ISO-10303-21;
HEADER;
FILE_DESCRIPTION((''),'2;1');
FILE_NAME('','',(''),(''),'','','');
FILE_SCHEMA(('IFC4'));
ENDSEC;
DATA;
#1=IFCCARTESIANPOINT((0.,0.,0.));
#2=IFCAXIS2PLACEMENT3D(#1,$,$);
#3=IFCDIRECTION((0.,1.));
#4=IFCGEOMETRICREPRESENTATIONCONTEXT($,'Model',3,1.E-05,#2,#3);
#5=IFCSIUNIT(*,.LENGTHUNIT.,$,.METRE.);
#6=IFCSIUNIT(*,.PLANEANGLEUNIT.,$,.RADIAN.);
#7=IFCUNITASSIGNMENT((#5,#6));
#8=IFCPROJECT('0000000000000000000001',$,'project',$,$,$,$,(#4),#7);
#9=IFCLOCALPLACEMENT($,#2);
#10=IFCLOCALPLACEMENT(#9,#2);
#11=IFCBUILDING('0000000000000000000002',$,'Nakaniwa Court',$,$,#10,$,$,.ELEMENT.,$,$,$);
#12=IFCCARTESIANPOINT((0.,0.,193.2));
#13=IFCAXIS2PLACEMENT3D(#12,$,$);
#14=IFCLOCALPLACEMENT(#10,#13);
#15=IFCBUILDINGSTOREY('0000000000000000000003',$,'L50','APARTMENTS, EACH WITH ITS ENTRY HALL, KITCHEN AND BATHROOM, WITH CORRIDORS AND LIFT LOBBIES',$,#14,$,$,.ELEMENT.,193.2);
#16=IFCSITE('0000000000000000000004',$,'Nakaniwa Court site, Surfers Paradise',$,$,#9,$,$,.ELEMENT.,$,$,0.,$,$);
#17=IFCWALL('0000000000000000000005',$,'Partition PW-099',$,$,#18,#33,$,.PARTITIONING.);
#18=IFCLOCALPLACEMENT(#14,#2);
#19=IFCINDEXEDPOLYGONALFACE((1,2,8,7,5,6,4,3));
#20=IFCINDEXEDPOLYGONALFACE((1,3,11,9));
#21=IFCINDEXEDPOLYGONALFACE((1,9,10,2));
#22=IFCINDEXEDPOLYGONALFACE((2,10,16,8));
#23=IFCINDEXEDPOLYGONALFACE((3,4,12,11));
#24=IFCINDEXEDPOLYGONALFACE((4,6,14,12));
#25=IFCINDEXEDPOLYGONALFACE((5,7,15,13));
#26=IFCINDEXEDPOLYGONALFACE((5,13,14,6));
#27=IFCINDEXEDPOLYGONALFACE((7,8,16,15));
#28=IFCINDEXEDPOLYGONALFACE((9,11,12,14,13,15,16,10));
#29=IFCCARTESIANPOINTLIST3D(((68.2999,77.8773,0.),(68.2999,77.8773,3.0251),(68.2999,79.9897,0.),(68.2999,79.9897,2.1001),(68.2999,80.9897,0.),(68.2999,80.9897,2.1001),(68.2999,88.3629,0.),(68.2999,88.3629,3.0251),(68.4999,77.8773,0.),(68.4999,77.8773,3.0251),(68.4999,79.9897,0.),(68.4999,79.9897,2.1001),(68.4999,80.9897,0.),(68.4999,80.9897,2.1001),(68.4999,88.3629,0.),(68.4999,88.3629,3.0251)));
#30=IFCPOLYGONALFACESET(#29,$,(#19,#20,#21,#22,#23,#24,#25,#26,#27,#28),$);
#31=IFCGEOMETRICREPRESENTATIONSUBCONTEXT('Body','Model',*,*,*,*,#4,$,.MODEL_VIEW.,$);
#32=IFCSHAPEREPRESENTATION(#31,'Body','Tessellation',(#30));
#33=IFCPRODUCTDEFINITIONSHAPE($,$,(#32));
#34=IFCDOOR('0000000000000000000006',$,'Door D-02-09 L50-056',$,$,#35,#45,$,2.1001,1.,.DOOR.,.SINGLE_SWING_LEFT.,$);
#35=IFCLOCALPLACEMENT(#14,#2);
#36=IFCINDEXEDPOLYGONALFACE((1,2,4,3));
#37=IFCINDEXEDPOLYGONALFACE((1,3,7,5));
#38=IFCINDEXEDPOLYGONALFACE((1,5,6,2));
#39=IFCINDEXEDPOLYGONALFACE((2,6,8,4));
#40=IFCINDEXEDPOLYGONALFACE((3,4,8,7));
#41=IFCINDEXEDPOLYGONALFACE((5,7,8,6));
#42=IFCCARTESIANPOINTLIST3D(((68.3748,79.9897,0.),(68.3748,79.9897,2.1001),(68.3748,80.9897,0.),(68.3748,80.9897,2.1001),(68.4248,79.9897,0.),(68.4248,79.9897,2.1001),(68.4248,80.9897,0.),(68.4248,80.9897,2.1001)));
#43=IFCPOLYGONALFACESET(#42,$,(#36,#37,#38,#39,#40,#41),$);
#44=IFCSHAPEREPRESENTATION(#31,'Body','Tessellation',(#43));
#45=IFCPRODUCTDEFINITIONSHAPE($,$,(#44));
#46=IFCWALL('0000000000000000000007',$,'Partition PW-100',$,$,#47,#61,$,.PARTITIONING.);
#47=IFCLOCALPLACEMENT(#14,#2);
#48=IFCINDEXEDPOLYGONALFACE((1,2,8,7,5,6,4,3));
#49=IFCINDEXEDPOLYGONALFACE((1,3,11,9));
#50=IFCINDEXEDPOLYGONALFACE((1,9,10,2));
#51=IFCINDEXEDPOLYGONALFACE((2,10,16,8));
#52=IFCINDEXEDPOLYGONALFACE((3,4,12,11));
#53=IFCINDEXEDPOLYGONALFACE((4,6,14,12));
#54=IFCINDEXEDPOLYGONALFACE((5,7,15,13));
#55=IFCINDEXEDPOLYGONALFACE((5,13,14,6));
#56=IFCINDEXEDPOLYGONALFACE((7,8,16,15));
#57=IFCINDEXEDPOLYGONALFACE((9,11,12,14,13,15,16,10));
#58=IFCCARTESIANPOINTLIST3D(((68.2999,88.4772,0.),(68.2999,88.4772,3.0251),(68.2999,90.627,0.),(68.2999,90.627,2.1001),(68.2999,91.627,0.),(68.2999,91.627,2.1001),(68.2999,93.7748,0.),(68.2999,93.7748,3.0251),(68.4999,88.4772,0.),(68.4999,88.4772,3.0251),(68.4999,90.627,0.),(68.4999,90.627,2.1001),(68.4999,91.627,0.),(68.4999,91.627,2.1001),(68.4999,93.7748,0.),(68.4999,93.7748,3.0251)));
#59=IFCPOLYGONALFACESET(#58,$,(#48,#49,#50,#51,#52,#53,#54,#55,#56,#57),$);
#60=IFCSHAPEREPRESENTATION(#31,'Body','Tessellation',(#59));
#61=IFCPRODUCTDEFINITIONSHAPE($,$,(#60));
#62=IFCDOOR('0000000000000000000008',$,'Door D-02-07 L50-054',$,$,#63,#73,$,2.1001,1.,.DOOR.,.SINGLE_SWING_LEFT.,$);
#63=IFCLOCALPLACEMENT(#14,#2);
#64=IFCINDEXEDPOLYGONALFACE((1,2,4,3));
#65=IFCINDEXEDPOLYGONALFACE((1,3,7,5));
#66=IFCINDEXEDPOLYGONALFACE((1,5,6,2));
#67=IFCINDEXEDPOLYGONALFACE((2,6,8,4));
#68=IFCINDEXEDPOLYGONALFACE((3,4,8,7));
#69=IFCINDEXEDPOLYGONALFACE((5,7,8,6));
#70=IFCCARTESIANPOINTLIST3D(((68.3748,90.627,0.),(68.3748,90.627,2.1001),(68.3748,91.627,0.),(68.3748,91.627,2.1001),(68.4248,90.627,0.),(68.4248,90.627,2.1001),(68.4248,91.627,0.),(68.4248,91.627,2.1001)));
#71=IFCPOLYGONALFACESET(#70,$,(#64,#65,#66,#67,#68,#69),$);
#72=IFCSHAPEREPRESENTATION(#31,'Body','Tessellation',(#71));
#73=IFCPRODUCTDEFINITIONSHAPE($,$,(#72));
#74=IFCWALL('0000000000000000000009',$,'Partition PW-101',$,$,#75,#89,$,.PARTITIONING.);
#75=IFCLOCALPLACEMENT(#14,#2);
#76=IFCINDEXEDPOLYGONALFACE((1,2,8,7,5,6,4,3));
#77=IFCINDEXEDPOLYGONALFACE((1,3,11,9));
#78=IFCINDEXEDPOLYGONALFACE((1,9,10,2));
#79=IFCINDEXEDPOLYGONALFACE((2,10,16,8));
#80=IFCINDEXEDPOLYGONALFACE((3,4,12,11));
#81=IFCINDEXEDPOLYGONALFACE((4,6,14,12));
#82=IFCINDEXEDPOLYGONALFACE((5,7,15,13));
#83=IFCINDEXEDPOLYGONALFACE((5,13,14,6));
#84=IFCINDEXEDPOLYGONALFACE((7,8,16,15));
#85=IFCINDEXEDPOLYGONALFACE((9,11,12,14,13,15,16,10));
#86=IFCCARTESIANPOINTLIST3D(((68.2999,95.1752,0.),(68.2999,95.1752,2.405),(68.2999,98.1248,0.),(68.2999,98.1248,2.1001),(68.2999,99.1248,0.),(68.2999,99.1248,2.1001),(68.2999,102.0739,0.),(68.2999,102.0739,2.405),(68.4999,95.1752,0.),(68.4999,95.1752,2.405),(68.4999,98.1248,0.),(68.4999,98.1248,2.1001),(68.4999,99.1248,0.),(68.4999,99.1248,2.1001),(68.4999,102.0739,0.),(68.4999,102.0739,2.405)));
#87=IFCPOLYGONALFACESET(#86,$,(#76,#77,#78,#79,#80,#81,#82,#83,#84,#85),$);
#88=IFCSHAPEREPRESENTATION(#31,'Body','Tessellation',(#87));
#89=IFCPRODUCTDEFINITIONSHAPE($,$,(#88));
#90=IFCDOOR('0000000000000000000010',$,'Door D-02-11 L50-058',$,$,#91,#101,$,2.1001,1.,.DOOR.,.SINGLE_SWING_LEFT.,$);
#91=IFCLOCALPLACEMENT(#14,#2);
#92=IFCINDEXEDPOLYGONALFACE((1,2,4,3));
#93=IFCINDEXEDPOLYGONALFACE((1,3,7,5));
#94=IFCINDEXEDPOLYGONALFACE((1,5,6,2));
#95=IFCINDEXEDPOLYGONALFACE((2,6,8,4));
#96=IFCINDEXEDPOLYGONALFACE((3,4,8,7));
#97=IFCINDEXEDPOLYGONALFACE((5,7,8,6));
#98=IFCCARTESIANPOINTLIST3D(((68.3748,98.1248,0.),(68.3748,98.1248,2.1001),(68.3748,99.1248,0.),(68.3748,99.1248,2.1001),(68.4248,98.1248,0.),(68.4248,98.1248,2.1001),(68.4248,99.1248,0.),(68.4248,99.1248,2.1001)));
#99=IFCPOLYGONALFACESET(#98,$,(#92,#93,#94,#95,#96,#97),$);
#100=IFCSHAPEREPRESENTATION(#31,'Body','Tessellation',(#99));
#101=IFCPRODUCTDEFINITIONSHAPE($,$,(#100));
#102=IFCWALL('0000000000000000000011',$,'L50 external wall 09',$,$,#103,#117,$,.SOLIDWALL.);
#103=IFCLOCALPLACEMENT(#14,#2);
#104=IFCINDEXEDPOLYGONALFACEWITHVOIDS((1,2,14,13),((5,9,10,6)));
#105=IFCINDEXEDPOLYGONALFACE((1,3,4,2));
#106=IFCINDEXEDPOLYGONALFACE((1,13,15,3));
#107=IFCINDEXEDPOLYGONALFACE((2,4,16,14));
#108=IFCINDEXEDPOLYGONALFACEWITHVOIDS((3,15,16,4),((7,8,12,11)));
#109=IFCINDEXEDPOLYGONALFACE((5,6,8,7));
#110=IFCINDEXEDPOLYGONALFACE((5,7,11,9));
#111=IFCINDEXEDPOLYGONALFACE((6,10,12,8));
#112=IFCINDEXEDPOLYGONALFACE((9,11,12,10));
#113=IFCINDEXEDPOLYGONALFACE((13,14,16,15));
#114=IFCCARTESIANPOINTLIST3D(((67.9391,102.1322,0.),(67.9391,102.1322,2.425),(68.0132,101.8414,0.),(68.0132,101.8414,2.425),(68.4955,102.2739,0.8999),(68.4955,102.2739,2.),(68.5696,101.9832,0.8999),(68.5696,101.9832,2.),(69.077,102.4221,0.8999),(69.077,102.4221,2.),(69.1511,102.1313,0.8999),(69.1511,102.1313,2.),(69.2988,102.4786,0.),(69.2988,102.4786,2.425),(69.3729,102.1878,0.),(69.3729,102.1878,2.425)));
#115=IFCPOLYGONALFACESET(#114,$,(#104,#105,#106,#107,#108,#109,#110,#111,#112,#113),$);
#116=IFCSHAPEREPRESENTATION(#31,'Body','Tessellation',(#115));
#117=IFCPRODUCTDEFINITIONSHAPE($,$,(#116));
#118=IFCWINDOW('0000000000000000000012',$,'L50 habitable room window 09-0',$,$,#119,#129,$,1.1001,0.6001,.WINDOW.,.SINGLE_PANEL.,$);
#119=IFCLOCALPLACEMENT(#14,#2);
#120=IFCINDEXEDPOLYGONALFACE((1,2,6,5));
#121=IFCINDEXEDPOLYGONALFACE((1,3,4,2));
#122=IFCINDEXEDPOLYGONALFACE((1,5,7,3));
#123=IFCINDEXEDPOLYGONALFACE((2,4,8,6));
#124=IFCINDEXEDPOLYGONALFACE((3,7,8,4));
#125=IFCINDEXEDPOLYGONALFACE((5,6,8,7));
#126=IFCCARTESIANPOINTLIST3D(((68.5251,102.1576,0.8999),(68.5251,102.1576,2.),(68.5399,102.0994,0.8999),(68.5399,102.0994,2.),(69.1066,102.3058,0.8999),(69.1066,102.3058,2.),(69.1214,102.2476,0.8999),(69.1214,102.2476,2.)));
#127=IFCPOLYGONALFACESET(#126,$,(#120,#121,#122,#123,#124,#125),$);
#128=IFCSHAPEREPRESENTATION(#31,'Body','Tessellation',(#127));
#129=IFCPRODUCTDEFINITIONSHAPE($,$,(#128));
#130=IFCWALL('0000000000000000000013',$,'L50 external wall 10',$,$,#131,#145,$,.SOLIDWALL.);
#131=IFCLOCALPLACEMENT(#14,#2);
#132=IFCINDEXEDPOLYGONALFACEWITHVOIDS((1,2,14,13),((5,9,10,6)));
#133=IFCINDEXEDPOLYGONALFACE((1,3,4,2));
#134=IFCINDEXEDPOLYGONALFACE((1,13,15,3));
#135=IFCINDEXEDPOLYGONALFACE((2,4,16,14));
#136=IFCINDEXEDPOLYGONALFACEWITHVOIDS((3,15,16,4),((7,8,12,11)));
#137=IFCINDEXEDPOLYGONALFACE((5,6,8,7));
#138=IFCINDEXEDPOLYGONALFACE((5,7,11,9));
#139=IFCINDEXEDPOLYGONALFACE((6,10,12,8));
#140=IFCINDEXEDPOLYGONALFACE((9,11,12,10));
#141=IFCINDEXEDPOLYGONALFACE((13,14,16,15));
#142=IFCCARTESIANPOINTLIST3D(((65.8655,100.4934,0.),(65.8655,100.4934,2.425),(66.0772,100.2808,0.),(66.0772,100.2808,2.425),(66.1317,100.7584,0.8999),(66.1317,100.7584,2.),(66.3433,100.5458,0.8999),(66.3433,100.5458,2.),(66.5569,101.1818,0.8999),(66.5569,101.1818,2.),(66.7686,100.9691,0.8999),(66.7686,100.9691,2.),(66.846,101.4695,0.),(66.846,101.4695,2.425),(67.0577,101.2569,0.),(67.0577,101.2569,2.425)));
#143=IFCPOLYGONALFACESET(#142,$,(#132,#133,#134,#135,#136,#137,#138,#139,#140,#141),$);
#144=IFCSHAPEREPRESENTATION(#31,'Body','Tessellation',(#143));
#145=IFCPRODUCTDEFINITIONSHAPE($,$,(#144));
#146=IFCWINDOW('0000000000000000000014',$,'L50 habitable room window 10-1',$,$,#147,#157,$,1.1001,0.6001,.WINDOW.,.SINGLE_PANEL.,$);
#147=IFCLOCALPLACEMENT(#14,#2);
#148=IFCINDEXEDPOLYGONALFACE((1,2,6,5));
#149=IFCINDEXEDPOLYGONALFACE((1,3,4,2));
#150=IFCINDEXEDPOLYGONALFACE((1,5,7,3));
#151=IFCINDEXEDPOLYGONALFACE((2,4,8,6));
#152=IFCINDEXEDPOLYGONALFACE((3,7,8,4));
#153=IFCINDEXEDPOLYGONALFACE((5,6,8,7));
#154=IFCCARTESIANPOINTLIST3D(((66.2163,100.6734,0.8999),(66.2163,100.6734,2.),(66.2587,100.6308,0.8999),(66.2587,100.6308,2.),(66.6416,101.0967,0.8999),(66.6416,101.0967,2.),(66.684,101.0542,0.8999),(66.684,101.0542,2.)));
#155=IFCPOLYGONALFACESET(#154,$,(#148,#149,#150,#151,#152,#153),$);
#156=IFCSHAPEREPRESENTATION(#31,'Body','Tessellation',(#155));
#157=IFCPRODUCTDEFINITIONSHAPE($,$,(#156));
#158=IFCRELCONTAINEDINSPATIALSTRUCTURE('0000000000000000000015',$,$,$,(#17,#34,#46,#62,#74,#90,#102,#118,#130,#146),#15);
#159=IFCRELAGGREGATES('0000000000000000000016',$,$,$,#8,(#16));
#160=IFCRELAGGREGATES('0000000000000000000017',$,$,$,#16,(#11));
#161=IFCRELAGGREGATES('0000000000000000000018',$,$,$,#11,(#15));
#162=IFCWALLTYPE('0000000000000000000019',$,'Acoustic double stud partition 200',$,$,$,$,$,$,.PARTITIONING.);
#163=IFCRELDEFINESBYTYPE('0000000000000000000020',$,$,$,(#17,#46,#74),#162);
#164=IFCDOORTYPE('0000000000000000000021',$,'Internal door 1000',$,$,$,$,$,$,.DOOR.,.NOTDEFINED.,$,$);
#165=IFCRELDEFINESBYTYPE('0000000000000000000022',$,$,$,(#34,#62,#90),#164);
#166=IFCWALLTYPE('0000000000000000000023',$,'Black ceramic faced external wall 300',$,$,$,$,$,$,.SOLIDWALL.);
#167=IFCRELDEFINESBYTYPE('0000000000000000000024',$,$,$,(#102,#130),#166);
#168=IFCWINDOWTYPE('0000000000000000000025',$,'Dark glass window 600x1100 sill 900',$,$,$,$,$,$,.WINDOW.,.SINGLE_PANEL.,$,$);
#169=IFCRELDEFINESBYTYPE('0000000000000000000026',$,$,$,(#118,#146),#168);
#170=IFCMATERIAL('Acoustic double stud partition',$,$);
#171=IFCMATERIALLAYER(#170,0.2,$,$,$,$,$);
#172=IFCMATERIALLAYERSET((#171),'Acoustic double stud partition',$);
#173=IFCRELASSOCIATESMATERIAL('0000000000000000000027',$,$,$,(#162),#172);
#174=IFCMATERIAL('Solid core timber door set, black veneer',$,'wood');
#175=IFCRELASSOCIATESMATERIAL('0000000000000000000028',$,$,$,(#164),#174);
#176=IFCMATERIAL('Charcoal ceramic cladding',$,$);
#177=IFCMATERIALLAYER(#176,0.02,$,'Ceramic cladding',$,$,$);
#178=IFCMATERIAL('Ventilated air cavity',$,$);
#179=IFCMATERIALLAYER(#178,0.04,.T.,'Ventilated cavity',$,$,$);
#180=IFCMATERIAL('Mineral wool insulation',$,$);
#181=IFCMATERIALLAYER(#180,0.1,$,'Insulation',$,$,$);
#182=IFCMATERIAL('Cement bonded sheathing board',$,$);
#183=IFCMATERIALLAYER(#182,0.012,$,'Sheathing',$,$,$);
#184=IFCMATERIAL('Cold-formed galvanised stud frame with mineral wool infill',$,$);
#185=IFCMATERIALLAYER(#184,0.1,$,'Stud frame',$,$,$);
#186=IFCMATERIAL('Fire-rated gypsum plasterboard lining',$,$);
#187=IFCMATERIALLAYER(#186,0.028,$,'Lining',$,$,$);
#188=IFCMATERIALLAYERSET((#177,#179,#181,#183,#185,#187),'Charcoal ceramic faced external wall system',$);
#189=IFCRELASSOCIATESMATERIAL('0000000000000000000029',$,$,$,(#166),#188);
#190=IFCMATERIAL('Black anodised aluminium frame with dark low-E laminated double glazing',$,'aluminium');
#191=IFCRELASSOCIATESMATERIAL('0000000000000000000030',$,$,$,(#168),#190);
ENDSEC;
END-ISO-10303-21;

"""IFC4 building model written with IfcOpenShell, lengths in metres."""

from ifc_helpers import new_model, si_unit, direction, frame, frame_2d, origin, place, context, subcontext, project, spatial, rectangle, extrude, material, layer, layer_set, type_object, element, fill, save


model = new_model("IFC4")

# Units and contexts
model_context = context("Model", 3, precision=1e-05, world=origin(), true_north=direction((0.0, 1.0)))
body_context = subcontext(model_context, "Body", "Model", "MODEL_VIEW")
ifc_project = project(units=[si_unit("LENGTHUNIT", "METRE"), si_unit("PLANEANGLEUNIT", "RADIAN")], contexts=[model_context])

# Site, building, storey
site_placement = place(None, origin())
site = spatial("IfcSite", under=ifc_project, at=site_placement, Name="Nakaniwa Court site, Surfers Paradise", CompositionType="ELEMENT", RefElevation=0.0)
building_placement = place(site_placement, origin())
building = spatial("IfcBuilding", under=site, at=building_placement, Name="Nakaniwa Court", CompositionType="ELEMENT")
storey_placement = place(building_placement, frame((0.0, 0.0, 193.2)))
storey = spatial("IfcBuildingStorey", under=building, at=storey_placement, Name="L50", Description="APARTMENTS, EACH WITH ITS ENTRY HALL, KITCHEN AND BATHROOM, WITH CORRIDORS AND LIFT LOBBIES", CompositionType="ELEMENT", Elevation=193.2)

# Shared definitions
ifc_material_1 = material(Name="Acoustic double stud partition")
ifc_layer_1 = layer(ifc_material_1, 0.2)
ifc_layer_set_1 = layer_set([ifc_layer_1], Name="Acoustic double stud partition")
wall_type_1 = type_object("IfcWallType", Name="Acoustic double stud partition 200", PredefinedType="PARTITIONING", material=ifc_layer_set_1)

# Walls, openings, doors
wall_1_placement = place(storey_placement, frame((68.3999, 88.3628, 0.0), z_axis=(0.0, 0.0, 1.0), x_axis=(0.0, -1.0, 0.0)))
wall_1 = element("IfcWall", 1, at=wall_1_placement, inside=storey, type_object=wall_type_1, Name="Partition PW-099", PredefinedType="PARTITIONING", context=body_context, shape_type="SweptSolid", body=[
    extrude(rectangle(XDim=10.4856, YDim=0.2, at=frame_2d((5.2427, 0.0))), origin(), (0.0, 0.0, 1.0), 3.0251),
])
opening_1_placement = place(wall_1_placement, frame((7.373, 0.0, 0.0)))
opening_1 = element("IfcOpeningElement", 2, at=opening_1_placement, cuts=wall_1, PredefinedType="OPENING", context=body_context, shape_type="SweptSolid", body=[
    extrude(rectangle(XDim=1.0, YDim=2.1001, at=frame_2d((0.5, 1.05))), frame((0.0, 0.1099, 0.0), z_axis=(0.0, -1.0, 0.0), x_axis=(1.0, 0.0, 0.0)), (0.0, 0.0, 1.0), 0.22),
])
ifc_material_2 = material(Name="Solid core timber door set, black veneer", Category="wood")
door_type = type_object("IfcDoorType", Name="Internal door 1000", OperationType="NOTDEFINED", PredefinedType="DOOR", material=ifc_material_2)
door_1_placement = place(opening_1_placement, origin())
door_1 = element("IfcDoor", 3, at=door_1_placement, inside=storey, type_object=door_type, Name="Door D-02-09 L50-056", OperationType="SINGLE_SWING_LEFT", OverallHeight=2.1001, OverallWidth=1.0, PredefinedType="DOOR", context=body_context, shape_type="SweptSolid", body=[
    extrude(rectangle(XDim=1.0, YDim=2.1001, at=frame_2d((0.5, 1.05))), frame((0.0, 0.0249, 0.0), z_axis=(0.0, -1.0, 0.0), x_axis=(1.0, 0.0, 0.0)), (0.0, 0.0, 1.0), 0.05),
])
fill(opening_1, door_1)
wall_2_placement = place(storey_placement, frame((68.3999, 93.7749, 0.0), z_axis=(0.0, 0.0, 1.0), x_axis=(0.0, -1.0, 0.0)))
wall_2 = element("IfcWall", 4, at=wall_2_placement, inside=storey, type_object=wall_type_1, Name="Partition PW-100", PredefinedType="PARTITIONING", context=body_context, shape_type="SweptSolid", body=[
    extrude(rectangle(XDim=5.2976, YDim=0.2, at=frame_2d((2.6489, 0.0))), origin(), (0.0, 0.0, 1.0), 3.0251),
])
opening_2_placement = place(wall_2_placement, frame((2.1479, 0.0, 0.0)))
opening_2 = element("IfcOpeningElement", 5, at=opening_2_placement, cuts=wall_2, PredefinedType="OPENING", context=body_context, shape_type="SweptSolid", body=[
    extrude(rectangle(XDim=1.0, YDim=2.1001, at=frame_2d((0.5, 1.05))), frame((0.0, 0.1099, 0.0), z_axis=(0.0, -1.0, 0.0), x_axis=(1.0, 0.0, 0.0)), (0.0, 0.0, 1.0), 0.22),
])
door_2_placement = place(opening_2_placement, origin())
door_2 = element("IfcDoor", 6, at=door_2_placement, inside=storey, type_object=door_type, Name="Door D-02-07 L50-054", OperationType="SINGLE_SWING_LEFT", OverallHeight=2.1001, OverallWidth=1.0, PredefinedType="DOOR", context=body_context, shape_type="SweptSolid", body=[
    extrude(rectangle(XDim=1.0, YDim=2.1001, at=frame_2d((0.5, 1.05))), frame((0.0, 0.0249, 0.0), z_axis=(0.0, -1.0, 0.0), x_axis=(1.0, 0.0, 0.0)), (0.0, 0.0, 1.0), 0.05),
])
fill(opening_2, door_2)
wall_3_placement = place(storey_placement, frame((68.3999, 102.0737, 0.0), z_axis=(0.0, 0.0, 1.0), x_axis=(0.0, -1.0, 0.0)))
wall_3 = element("IfcWall", 7, at=wall_3_placement, inside=storey, type_object=wall_type_1, Name="Partition PW-101", PredefinedType="PARTITIONING", context=body_context, shape_type="SweptSolid", body=[
    extrude(rectangle(XDim=6.8987, YDim=0.2, at=frame_2d((3.4492, 0.0))), origin(), (0.0, 0.0, 1.0), 2.405),
])
opening_3_placement = place(wall_3_placement, frame((2.949, 0.0, 0.0)))
opening_3 = element("IfcOpeningElement", 8, at=opening_3_placement, cuts=wall_3, PredefinedType="OPENING", context=body_context, shape_type="SweptSolid", body=[
    extrude(rectangle(XDim=1.0, YDim=2.1001, at=frame_2d((0.5, 1.05))), frame((0.0, 0.1099, 0.0), z_axis=(0.0, -1.0, 0.0), x_axis=(1.0, 0.0, 0.0)), (0.0, 0.0, 1.0), 0.22),
])
door_3_placement = place(opening_3_placement, origin())
door_3 = element("IfcDoor", 9, at=door_3_placement, inside=storey, type_object=door_type, Name="Door D-02-11 L50-058", OperationType="SINGLE_SWING_LEFT", OverallHeight=2.1001, OverallWidth=1.0, PredefinedType="DOOR", context=body_context, shape_type="SweptSolid", body=[
    extrude(rectangle(XDim=1.0, YDim=2.1001, at=frame_2d((0.5, 1.05))), frame((0.0, 0.0249, 0.0), z_axis=(0.0, -1.0, 0.0), x_axis=(1.0, 0.0, 0.0)), (0.0, 0.0, 1.0), 0.05),
])
fill(opening_3, door_3)

# Walls, openings, windows
ifc_material_3 = material(Name="Charcoal ceramic cladding")
ifc_layer_2 = layer(ifc_material_3, 0.02, Name="Ceramic cladding")
ifc_material_4 = material(Name="Ventilated air cavity")
ifc_layer_3 = layer(ifc_material_4, 0.04, ventilated=True, Name="Ventilated cavity")
ifc_material_5 = material(Name="Mineral wool insulation")
ifc_layer_4 = layer(ifc_material_5, 0.1, Name="Insulation")
ifc_material_6 = material(Name="Cement bonded sheathing board")
ifc_layer_5 = layer(ifc_material_6, 0.012, Name="Sheathing")
ifc_material_7 = material(Name="Cold-formed galvanised stud frame with mineral wool infill")
ifc_layer_6 = layer(ifc_material_7, 0.1, Name="Stud frame")
ifc_material_8 = material(Name="Fire-rated gypsum plasterboard lining")
ifc_layer_7 = layer(ifc_material_8, 0.028, Name="Lining")
ifc_layer_set_2 = layer_set([ifc_layer_2, ifc_layer_3, ifc_layer_4, ifc_layer_5, ifc_layer_6, ifc_layer_7], Name="Charcoal ceramic faced external wall system")
wall_type_2 = type_object("IfcWallType", Name="Black ceramic faced external wall 300", PredefinedType="SOLIDWALL", material=ifc_layer_set_2)
wall_4_placement = place(storey_placement, frame((69.3359, 102.3333, 0.0), z_axis=(0.0, 0.0, 1.0), x_axis=(-0.969037, -0.246914, 0.0)))
wall_4 = element("IfcWall", 10, at=wall_4_placement, inside=storey, type_object=wall_type_2, Name="L50 external wall 09", PredefinedType="SOLIDWALL", context=body_context, shape_type="SweptSolid", body=[
    extrude(rectangle(XDim=1.4031, YDim=0.3, at=frame_2d((0.7017, 0.0))), origin(), (0.0, 0.0, 1.0), 2.425),
])
opening_4_placement = place(wall_4_placement, frame((0.229, 0.0, 0.8999)))
opening_4 = element("IfcOpeningElement", 11, at=opening_4_placement, cuts=wall_4, PredefinedType="OPENING", context=body_context, shape_type="SweptSolid", body=[
    extrude(rectangle(XDim=0.6001, YDim=1.1001, at=frame_2d((0.3, 0.55))), frame((0.0, 0.1599, 0.0), z_axis=(0.0, -1.0, 0.0), x_axis=(1.0, 0.0, 0.0)), (0.0, 0.0, 1.0), 0.3201),
])
ifc_material_9 = material(Name="Black anodised aluminium frame with dark low-E laminated double glazing", Category="aluminium")
window_type_1 = type_object("IfcWindowType", Name="Dark glass window 600x1100 sill 900", PartitioningType="SINGLE_PANEL", PredefinedType="WINDOW", material=ifc_material_9)
window_1_placement = place(opening_4_placement, origin())
window_1 = element("IfcWindow", 12, at=window_1_placement, inside=storey, type_object=window_type_1, Name="L50 habitable room window 09-0", OverallHeight=1.1001, OverallWidth=0.6001, PartitioningType="SINGLE_PANEL", PredefinedType="WINDOW", context=body_context, shape_type="SweptSolid", body=[
    extrude(rectangle(XDim=0.6001, YDim=1.1001, at=frame_2d((0.3, 0.55))), frame((0.0, 0.03, 0.0), z_axis=(0.0, -1.0, 0.0), x_axis=(1.0, 0.0, 0.0)), (0.0, 0.0, 1.0), 0.0601),
])
fill(opening_4, window_1)
wall_5_placement = place(storey_placement, frame((66.9519, 101.3633, 0.0), z_axis=(0.0, 0.0, 1.0), x_axis=(-0.708693, -0.705517, 0.0)))
wall_5 = element("IfcWall", 13, at=wall_5_placement, inside=storey, type_object=wall_type_2, Name="L50 external wall 10", PredefinedType="SOLIDWALL", context=body_context, shape_type="SweptSolid", body=[
    extrude(rectangle(XDim=1.3835, YDim=0.3, at=frame_2d((0.6919, 0.0))), origin(), (0.0, 0.0, 1.0), 2.425),
])
opening_5_placement = place(wall_5_placement, frame((0.408, 0.0, 0.8999)))
opening_5 = element("IfcOpeningElement", 14, at=opening_5_placement, cuts=wall_5, PredefinedType="OPENING", context=body_context, shape_type="SweptSolid", body=[
    extrude(rectangle(XDim=0.6001, YDim=1.1001, at=frame_2d((0.3, 0.55))), frame((0.0, 0.1599, 0.0), z_axis=(0.0, -1.0, 0.0), x_axis=(1.0, 0.0, 0.0)), (0.0, 0.0, 1.0), 0.3201),
])
window_2_placement = place(opening_5_placement, origin())
window_2 = element("IfcWindow", 15, at=window_2_placement, inside=storey, type_object=window_type_1, Name="L50 habitable room window 10-1", OverallHeight=1.1001, OverallWidth=0.6001, PartitioningType="SINGLE_PANEL", PredefinedType="WINDOW", context=body_context, shape_type="SweptSolid", body=[
    extrude(rectangle(XDim=0.6001, YDim=1.1001, at=frame_2d((0.3, 0.55))), frame((0.0, 0.03, 0.0), z_axis=(0.0, -1.0, 0.0), x_axis=(1.0, 0.0, 0.0)), (0.0, 0.0, 1.0), 0.0601),
])
fill(opening_5, window_2)

save(model, "model.ifc")
